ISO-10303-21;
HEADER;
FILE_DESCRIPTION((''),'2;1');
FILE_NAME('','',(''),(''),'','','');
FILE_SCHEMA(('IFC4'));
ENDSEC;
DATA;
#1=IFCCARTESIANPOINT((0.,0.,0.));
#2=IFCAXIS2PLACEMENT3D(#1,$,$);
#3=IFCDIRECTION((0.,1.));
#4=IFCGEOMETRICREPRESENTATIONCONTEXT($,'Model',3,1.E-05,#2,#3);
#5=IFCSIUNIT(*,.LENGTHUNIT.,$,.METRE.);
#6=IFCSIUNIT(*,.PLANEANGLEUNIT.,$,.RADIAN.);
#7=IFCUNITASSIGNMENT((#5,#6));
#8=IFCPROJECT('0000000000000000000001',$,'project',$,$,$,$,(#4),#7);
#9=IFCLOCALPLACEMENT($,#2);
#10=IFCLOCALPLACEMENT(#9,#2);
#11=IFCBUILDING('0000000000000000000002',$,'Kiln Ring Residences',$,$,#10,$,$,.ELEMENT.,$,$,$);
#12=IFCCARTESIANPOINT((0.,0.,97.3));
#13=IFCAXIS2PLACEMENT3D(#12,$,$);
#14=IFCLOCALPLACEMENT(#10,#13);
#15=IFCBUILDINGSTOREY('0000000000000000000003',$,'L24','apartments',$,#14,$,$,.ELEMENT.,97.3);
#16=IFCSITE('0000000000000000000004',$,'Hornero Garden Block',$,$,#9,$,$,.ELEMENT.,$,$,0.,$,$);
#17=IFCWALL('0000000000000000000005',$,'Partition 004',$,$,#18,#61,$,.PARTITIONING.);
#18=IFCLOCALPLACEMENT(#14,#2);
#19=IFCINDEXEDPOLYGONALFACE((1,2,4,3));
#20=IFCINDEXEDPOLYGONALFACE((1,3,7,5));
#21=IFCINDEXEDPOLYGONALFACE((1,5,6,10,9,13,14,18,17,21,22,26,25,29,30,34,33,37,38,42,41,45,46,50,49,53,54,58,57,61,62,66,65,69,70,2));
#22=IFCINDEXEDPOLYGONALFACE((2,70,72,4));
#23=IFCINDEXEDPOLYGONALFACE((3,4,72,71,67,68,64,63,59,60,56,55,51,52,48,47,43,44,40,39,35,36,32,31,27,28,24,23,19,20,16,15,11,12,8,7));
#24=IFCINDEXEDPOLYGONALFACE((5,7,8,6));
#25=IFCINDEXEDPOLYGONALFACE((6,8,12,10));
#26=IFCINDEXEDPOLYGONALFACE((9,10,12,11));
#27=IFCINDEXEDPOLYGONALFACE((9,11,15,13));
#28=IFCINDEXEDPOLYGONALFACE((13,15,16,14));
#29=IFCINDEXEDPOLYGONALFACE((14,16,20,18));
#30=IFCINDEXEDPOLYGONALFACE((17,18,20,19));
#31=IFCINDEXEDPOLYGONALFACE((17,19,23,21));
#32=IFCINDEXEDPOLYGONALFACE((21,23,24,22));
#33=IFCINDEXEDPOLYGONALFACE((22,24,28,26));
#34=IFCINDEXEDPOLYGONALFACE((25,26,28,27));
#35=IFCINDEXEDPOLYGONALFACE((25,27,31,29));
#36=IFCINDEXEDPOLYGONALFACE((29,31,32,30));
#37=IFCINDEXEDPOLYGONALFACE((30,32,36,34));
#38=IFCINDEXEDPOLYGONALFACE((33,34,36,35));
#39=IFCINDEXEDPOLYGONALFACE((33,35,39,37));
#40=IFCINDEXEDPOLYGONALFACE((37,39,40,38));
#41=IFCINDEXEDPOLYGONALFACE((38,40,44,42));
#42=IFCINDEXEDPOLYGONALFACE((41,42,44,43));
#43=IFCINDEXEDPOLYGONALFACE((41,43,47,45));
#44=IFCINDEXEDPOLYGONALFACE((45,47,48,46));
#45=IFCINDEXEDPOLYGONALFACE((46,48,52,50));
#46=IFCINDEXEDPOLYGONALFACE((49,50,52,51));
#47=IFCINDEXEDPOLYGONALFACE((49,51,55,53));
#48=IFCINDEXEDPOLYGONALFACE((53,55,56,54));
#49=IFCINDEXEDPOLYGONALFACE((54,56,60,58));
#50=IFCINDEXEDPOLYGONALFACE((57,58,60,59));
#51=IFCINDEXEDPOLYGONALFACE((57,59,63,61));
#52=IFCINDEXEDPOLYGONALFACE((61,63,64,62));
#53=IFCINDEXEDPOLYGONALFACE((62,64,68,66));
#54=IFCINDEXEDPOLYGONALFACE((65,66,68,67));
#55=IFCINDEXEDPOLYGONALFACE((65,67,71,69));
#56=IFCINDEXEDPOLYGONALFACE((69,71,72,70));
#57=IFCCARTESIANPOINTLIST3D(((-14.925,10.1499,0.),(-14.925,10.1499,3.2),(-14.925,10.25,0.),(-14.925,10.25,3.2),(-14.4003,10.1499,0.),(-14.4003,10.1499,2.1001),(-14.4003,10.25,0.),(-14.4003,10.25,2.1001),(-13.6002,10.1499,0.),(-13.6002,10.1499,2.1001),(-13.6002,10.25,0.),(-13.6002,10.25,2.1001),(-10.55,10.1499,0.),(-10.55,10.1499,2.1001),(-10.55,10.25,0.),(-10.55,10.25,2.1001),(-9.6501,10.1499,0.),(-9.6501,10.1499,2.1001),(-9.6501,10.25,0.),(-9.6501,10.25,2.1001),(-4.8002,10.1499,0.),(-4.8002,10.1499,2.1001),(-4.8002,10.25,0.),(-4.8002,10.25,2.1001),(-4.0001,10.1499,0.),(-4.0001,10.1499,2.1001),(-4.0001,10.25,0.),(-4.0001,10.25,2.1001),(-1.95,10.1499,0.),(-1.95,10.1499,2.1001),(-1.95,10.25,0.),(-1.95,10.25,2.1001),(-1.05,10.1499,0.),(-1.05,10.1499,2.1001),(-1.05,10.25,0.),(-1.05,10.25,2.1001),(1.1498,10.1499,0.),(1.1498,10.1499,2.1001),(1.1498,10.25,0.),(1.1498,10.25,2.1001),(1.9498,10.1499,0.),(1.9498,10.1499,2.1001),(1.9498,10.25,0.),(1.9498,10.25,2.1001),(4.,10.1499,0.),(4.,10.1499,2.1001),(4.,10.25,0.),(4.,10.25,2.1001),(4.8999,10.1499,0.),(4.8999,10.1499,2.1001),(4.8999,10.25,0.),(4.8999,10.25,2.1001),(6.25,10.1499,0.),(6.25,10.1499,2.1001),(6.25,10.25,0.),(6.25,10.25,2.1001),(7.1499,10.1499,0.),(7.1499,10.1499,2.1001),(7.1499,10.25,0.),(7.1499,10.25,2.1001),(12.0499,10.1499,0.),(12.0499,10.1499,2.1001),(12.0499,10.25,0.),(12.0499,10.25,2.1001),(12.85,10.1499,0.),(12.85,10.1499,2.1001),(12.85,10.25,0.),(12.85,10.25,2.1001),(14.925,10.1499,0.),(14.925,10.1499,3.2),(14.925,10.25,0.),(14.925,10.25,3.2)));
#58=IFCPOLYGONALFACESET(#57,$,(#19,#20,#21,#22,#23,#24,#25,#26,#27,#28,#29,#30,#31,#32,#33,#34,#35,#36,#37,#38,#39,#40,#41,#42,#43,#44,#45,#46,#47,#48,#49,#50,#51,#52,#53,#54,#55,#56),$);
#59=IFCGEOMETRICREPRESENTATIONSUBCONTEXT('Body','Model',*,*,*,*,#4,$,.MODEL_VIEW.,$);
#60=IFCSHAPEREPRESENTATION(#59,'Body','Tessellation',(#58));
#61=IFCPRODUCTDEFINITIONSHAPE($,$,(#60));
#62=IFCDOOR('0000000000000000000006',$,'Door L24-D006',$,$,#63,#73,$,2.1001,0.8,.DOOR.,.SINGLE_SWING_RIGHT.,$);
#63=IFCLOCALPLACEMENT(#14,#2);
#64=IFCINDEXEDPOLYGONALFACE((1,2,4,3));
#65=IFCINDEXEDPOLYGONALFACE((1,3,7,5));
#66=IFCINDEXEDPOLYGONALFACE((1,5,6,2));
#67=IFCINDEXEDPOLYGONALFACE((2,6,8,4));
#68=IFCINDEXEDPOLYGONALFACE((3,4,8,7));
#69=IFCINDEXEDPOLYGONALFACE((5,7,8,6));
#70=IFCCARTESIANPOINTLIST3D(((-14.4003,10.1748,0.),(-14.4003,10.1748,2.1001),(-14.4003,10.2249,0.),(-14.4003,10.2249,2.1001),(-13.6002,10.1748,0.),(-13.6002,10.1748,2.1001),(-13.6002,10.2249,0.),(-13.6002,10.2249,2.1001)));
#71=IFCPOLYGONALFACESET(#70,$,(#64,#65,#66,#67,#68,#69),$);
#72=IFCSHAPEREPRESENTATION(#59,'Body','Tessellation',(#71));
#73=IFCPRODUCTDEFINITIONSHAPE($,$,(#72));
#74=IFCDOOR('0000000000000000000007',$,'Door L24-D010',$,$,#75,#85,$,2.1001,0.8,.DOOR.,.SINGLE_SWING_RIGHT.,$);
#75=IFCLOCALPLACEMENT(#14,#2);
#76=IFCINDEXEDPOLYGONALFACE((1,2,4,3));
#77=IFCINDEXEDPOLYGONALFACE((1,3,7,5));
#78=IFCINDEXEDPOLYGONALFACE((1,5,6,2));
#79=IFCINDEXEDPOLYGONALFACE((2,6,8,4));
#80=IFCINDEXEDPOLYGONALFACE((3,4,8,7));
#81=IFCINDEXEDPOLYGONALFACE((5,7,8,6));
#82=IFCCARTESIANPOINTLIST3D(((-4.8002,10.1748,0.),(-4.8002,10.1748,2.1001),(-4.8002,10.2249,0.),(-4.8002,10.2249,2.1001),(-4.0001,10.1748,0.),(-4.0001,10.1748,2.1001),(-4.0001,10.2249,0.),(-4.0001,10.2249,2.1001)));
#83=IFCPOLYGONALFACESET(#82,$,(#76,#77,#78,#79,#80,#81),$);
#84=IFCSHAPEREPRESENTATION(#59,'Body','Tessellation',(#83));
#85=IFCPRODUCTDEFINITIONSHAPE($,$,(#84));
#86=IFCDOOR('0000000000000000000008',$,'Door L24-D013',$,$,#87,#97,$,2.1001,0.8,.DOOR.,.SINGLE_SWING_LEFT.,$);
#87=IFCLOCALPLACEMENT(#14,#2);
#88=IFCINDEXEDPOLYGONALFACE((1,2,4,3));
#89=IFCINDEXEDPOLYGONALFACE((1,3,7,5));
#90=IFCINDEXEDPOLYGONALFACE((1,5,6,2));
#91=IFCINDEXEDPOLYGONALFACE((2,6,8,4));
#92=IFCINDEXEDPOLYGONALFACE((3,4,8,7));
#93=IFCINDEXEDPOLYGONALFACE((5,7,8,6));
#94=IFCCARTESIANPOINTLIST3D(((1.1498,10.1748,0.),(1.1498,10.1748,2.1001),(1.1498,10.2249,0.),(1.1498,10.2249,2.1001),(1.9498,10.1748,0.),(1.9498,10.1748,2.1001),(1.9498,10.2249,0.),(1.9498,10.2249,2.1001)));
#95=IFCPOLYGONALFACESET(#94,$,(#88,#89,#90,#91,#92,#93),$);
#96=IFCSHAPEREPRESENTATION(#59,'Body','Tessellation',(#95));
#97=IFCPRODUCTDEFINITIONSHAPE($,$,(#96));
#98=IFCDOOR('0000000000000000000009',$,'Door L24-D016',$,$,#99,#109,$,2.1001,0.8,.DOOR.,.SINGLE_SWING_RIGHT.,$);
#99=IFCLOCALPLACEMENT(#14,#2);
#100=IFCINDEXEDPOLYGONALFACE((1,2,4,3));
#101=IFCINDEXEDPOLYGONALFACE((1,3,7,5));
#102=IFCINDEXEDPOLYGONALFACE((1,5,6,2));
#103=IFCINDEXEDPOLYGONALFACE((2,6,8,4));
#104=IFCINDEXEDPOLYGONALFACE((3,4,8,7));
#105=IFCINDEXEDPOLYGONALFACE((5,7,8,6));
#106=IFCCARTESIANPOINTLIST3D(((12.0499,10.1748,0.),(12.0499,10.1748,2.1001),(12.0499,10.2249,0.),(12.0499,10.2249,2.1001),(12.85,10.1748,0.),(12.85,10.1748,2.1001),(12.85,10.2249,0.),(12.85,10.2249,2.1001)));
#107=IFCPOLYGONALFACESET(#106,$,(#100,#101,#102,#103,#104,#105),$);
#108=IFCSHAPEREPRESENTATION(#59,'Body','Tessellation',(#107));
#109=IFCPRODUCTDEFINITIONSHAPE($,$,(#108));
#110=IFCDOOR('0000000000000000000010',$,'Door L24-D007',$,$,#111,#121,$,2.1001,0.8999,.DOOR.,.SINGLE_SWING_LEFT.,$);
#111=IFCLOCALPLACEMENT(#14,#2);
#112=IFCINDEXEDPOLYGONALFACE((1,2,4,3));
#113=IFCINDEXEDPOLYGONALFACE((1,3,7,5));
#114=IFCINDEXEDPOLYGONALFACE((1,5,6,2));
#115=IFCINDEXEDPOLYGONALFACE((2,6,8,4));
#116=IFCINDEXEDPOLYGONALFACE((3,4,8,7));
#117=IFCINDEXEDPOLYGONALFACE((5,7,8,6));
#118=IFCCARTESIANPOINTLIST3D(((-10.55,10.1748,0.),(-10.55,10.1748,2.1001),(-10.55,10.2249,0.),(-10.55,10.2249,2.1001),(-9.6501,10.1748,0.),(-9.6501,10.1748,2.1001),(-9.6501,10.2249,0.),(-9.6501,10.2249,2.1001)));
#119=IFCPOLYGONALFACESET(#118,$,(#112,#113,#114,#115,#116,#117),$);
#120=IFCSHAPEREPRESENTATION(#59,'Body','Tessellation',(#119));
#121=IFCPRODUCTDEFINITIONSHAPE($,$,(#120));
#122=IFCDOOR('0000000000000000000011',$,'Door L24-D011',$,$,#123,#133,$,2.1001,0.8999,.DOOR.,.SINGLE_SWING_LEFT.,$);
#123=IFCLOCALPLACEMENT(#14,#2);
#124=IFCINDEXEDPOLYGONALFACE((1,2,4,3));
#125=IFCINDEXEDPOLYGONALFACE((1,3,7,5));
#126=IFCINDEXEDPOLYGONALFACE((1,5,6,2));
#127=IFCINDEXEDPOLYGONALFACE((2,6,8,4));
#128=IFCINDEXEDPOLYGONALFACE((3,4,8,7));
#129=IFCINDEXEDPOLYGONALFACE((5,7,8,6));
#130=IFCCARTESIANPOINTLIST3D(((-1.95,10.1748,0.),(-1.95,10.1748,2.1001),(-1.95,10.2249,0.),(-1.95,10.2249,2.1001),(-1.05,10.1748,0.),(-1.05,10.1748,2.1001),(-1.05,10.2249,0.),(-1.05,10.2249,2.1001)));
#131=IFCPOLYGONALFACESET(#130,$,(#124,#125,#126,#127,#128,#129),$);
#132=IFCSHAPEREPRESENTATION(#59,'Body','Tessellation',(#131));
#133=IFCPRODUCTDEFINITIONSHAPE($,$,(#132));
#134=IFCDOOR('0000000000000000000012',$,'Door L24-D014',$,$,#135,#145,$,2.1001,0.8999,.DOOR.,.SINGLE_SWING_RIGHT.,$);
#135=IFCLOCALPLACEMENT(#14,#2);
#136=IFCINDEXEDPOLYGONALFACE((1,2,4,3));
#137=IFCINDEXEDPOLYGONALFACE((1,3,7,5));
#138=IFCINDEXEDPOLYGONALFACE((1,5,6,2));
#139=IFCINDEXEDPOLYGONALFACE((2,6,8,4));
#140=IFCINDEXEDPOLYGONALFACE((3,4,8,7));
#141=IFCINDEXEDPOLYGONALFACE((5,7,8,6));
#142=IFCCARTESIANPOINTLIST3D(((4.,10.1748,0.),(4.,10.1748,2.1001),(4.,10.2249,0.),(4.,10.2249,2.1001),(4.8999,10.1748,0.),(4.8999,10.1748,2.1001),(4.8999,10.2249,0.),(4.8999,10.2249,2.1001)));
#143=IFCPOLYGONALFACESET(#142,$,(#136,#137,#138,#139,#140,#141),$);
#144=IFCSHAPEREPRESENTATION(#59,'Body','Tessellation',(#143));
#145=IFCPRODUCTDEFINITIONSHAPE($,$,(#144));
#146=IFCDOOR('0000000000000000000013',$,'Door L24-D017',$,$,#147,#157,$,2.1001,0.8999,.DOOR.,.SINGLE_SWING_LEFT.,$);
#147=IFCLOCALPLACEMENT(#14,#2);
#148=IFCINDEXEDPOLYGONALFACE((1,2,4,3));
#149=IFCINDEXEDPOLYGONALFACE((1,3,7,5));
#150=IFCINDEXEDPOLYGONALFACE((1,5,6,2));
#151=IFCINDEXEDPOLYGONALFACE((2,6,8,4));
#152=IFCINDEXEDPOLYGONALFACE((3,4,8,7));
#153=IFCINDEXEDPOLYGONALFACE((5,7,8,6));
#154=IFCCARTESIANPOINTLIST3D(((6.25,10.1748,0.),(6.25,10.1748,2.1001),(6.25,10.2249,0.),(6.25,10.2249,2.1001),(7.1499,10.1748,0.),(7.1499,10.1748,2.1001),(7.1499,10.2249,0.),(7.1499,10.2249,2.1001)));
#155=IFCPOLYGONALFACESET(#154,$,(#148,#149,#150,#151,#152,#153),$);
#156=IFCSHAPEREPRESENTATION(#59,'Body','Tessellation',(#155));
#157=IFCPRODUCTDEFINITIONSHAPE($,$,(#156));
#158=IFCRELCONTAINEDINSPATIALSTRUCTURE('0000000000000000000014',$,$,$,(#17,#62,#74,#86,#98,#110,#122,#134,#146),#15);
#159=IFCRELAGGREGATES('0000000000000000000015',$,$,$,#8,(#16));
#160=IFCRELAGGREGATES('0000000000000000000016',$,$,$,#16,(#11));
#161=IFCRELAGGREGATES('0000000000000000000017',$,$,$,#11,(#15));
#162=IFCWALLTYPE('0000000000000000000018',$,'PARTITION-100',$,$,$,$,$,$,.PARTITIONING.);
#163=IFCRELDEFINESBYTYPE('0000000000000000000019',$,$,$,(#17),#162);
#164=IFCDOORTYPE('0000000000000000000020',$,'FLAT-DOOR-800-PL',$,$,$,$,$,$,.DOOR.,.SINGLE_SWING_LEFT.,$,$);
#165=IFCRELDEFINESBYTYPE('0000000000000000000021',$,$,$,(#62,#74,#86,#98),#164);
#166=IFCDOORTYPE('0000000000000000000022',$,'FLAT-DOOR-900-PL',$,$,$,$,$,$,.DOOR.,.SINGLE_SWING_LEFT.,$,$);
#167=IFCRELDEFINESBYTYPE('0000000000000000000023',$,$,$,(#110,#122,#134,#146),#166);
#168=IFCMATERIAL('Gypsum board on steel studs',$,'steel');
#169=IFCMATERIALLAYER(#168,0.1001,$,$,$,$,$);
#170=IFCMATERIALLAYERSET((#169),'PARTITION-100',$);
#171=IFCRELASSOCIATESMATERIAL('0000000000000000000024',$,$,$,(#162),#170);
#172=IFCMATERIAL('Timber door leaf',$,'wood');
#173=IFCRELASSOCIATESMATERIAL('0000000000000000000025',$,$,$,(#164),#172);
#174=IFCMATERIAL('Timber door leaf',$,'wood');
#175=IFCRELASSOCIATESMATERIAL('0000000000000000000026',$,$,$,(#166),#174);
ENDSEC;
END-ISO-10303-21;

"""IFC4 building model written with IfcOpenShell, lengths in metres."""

from ifc_helpers import new_model, si_unit, direction, frame, frame_2d, origin, place, context, subcontext, project, spatial, rectangle, extrude, material, layer, layer_set, type_object, element, fill, save


model = new_model("IFC4")

# Units and contexts
model_context = context("Model", 3, precision=1e-05, world=origin(), true_north=direction((0.0, 1.0)))
body_context = subcontext(model_context, "Body", "Model", "MODEL_VIEW")
ifc_project = project(units=[si_unit("LENGTHUNIT", "METRE"), si_unit("PLANEANGLEUNIT", "RADIAN")], contexts=[model_context])

# Site, building, storey
site_placement = place(None, origin())
site = spatial("IfcSite", under=ifc_project, at=site_placement, Name="Hornero Garden Block", CompositionType="ELEMENT", RefElevation=0.0)
building_placement = place(site_placement, origin())
building = spatial("IfcBuilding", under=site, at=building_placement, Name="Kiln Ring Residences", CompositionType="ELEMENT")
storey_placement = place(building_placement, frame((0.0, 0.0, 97.3)))
storey = spatial("IfcBuildingStorey", under=building, at=storey_placement, Name="L24", Description="apartments", CompositionType="ELEMENT", Elevation=97.3)

# Wall, openings, doors
ifc_material_1 = material(Name="Gypsum board on steel studs", Category="steel")
ifc_layer_1 = layer(ifc_material_1, 0.1001)
ifc_layer_set_1 = layer_set([ifc_layer_1], Name="PARTITION-100")
wall_type_1 = type_object("IfcWallType", Name="PARTITION-100", PredefinedType="PARTITIONING", material=ifc_layer_set_1)
wall_1_placement = place(storey_placement, frame((-14.925, 10.2, 0.0), z_axis=(0.0, 0.0, 1.0), x_axis=(1.0, 0.0, 0.0)))
wall_1 = element("IfcWall", 1, at=wall_1_placement, inside=storey, type_object=wall_type_1, Name="Partition 004", PredefinedType="PARTITIONING", context=body_context, shape_type="SweptSolid", body=[
    extrude(rectangle(XDim=29.8501, YDim=0.1001, at=frame_2d((14.925, 0.0))), origin(), (0.0, 0.0, 1.0), 3.2),
])
opening_1_placement = place(wall_1_placement, frame((0.5249, 0.0, 0.0)))
opening_1 = element("IfcOpeningElement", 2, at=opening_1_placement, cuts=wall_1, PredefinedType="OPENING", context=body_context, shape_type="SweptSolid", body=[
    extrude(rectangle(XDim=0.8, YDim=2.1001, at=frame_2d((0.3999, 1.05))), frame((0.0, 0.0601, 0.0), z_axis=(0.0, -1.0, 0.0), x_axis=(1.0, 0.0, 0.0)), (0.0, 0.0, 1.0), 0.1201),
])
opening_2_placement = place(wall_1_placement, frame((4.375, 0.0, 0.0)))
opening_2 = element("IfcOpeningElement", 3, at=opening_2_placement, cuts=wall_1, PredefinedType="OPENING", context=body_context, shape_type="SweptSolid", body=[
    extrude(rectangle(XDim=0.8999, YDim=2.1001, at=frame_2d((0.45, 1.05))), frame((0.0, 0.0601, 0.0), z_axis=(0.0, -1.0, 0.0), x_axis=(1.0, 0.0, 0.0)), (0.0, 0.0, 1.0), 0.1201),
])
opening_3_placement = place(wall_1_placement, frame((10.125, 0.0, 0.0)))
opening_3 = element("IfcOpeningElement", 4, at=opening_3_placement, cuts=wall_1, PredefinedType="OPENING", context=body_context, shape_type="SweptSolid", body=[
    extrude(rectangle(XDim=0.8, YDim=2.1001, at=frame_2d((0.3999, 1.05))), frame((0.0, 0.0601, 0.0), z_axis=(0.0, -1.0, 0.0), x_axis=(1.0, 0.0, 0.0)), (0.0, 0.0, 1.0), 0.1201),
])
opening_4_placement = place(wall_1_placement, frame((12.9751, 0.0, 0.0)))
opening_4 = element("IfcOpeningElement", 5, at=opening_4_placement, cuts=wall_1, PredefinedType="OPENING", context=body_context, shape_type="SweptSolid", body=[
    extrude(rectangle(XDim=0.8999, YDim=2.1001, at=frame_2d((0.45, 1.05))), frame((0.0, 0.0601, 0.0), z_axis=(0.0, -1.0, 0.0), x_axis=(1.0, 0.0, 0.0)), (0.0, 0.0, 1.0), 0.1201),
])
opening_5_placement = place(wall_1_placement, frame((16.075, 0.0, 0.0)))
opening_5 = element("IfcOpeningElement", 6, at=opening_5_placement, cuts=wall_1, PredefinedType="OPENING", context=body_context, shape_type="SweptSolid", body=[
    extrude(rectangle(XDim=0.8, YDim=2.1001, at=frame_2d((0.3999, 1.05))), frame((0.0, 0.0601, 0.0), z_axis=(0.0, -1.0, 0.0), x_axis=(1.0, 0.0, 0.0)), (0.0, 0.0, 1.0), 0.1201),
])
opening_6_placement = place(wall_1_placement, frame((18.925, 0.0, 0.0)))
opening_6 = element("IfcOpeningElement", 7, at=opening_6_placement, cuts=wall_1, PredefinedType="OPENING", context=body_context, shape_type="SweptSolid", body=[
    extrude(rectangle(XDim=0.8999, YDim=2.1001, at=frame_2d((0.45, 1.05))), frame((0.0, 0.0601, 0.0), z_axis=(0.0, -1.0, 0.0), x_axis=(1.0, 0.0, 0.0)), (0.0, 0.0, 1.0), 0.1201),
])
opening_7_placement = place(wall_1_placement, frame((26.9751, 0.0, 0.0)))
opening_7 = element("IfcOpeningElement", 8, at=opening_7_placement, cuts=wall_1, PredefinedType="OPENING", context=body_context, shape_type="SweptSolid", body=[
    extrude(rectangle(XDim=0.8, YDim=2.1001, at=frame_2d((0.3999, 1.05))), frame((0.0, 0.0601, 0.0), z_axis=(0.0, -1.0, 0.0), x_axis=(1.0, 0.0, 0.0)), (0.0, 0.0, 1.0), 0.1201),
])
opening_8_placement = place(wall_1_placement, frame((21.175, 0.0, 0.0)))
opening_8 = element("IfcOpeningElement", 9, at=opening_8_placement, cuts=wall_1, PredefinedType="OPENING", context=body_context, shape_type="SweptSolid", body=[
    extrude(rectangle(XDim=0.8999, YDim=2.1001, at=frame_2d((0.45, 1.05))), frame((0.0, 0.0601, 0.0), z_axis=(0.0, -1.0, 0.0), x_axis=(1.0, 0.0, 0.0)), (0.0, 0.0, 1.0), 0.1201),
])
ifc_material_2 = material(Name="Timber door leaf", Category="wood")
door_type_1 = type_object("IfcDoorType", Name="FLAT-DOOR-800-PL", OperationType="SINGLE_SWING_LEFT", PredefinedType="DOOR", material=ifc_material_2)
door_1_placement = place(opening_1_placement, origin())
door_1 = element("IfcDoor", 10, at=door_1_placement, inside=storey, type_object=door_type_1, Name="Door L24-D006", OperationType="SINGLE_SWING_RIGHT", OverallHeight=2.1001, OverallWidth=0.8, PredefinedType="DOOR", context=body_context, shape_type="SweptSolid", body=[
    extrude(rectangle(XDim=0.8, YDim=2.1001, at=frame_2d((0.3999, 1.05))), frame((0.0, 0.0249, 0.0), z_axis=(0.0, -1.0, 0.0), x_axis=(1.0, 0.0, 0.0)), (0.0, 0.0, 1.0), 0.05),
])
fill(opening_1, door_1)
door_2_placement = place(opening_3_placement, origin())
door_2 = element("IfcDoor", 11, at=door_2_placement, inside=storey, type_object=door_type_1, Name="Door L24-D010", OperationType="SINGLE_SWING_RIGHT", OverallHeight=2.1001, OverallWidth=0.8, PredefinedType="DOOR", context=body_context, shape_type="SweptSolid", body=[
    extrude(rectangle(XDim=0.8, YDim=2.1001, at=frame_2d((0.3999, 1.05))), frame((0.0, 0.0249, 0.0), z_axis=(0.0, -1.0, 0.0), x_axis=(1.0, 0.0, 0.0)), (0.0, 0.0, 1.0), 0.05),
])
fill(opening_3, door_2)
door_3_placement = place(opening_5_placement, origin())
door_3 = element("IfcDoor", 12, at=door_3_placement, inside=storey, type_object=door_type_1, Name="Door L24-D013", OperationType="SINGLE_SWING_LEFT", OverallHeight=2.1001, OverallWidth=0.8, PredefinedType="DOOR", context=body_context, shape_type="SweptSolid", body=[
    extrude(rectangle(XDim=0.8, YDim=2.1001, at=frame_2d((0.3999, 1.05))), frame((0.0, 0.0249, 0.0), z_axis=(0.0, -1.0, 0.0), x_axis=(1.0, 0.0, 0.0)), (0.0, 0.0, 1.0), 0.05),
])
fill(opening_5, door_3)
door_4_placement = place(opening_7_placement, origin())
door_4 = element("IfcDoor", 13, at=door_4_placement, inside=storey, type_object=door_type_1, Name="Door L24-D016", OperationType="SINGLE_SWING_RIGHT", OverallHeight=2.1001, OverallWidth=0.8, PredefinedType="DOOR", context=body_context, shape_type="SweptSolid", body=[
    extrude(rectangle(XDim=0.8, YDim=2.1001, at=frame_2d((0.3999, 1.05))), frame((0.0, 0.0249, 0.0), z_axis=(0.0, -1.0, 0.0), x_axis=(1.0, 0.0, 0.0)), (0.0, 0.0, 1.0), 0.05),
])
fill(opening_7, door_4)
ifc_material_3 = material(Name="Timber door leaf", Category="wood")
door_type_2 = type_object("IfcDoorType", Name="FLAT-DOOR-900-PL", OperationType="SINGLE_SWING_LEFT", PredefinedType="DOOR", material=ifc_material_3)
door_5_placement = place(opening_2_placement, origin())
door_5 = element("IfcDoor", 14, at=door_5_placement, inside=storey, type_object=door_type_2, Name="Door L24-D007", OperationType="SINGLE_SWING_LEFT", OverallHeight=2.1001, OverallWidth=0.8999, PredefinedType="DOOR", context=body_context, shape_type="SweptSolid", body=[
    extrude(rectangle(XDim=0.8999, YDim=2.1001, at=frame_2d((0.45, 1.05))), frame((0.0, 0.0249, 0.0), z_axis=(0.0, -1.0, 0.0), x_axis=(1.0, 0.0, 0.0)), (0.0, 0.0, 1.0), 0.05),
])
fill(opening_2, door_5)
door_6_placement = place(opening_4_placement, origin())
door_6 = element("IfcDoor", 15, at=door_6_placement, inside=storey, type_object=door_type_2, Name="Door L24-D011", OperationType="SINGLE_SWING_LEFT", OverallHeight=2.1001, OverallWidth=0.8999, PredefinedType="DOOR", context=body_context, shape_type="SweptSolid", body=[
    extrude(rectangle(XDim=0.8999, YDim=2.1001, at=frame_2d((0.45, 1.05))), frame((0.0, 0.0249, 0.0), z_axis=(0.0, -1.0, 0.0), x_axis=(1.0, 0.0, 0.0)), (0.0, 0.0, 1.0), 0.05),
])
fill(opening_4, door_6)
door_7_placement = place(opening_6_placement, origin())
door_7 = element("IfcDoor", 16, at=door_7_placement, inside=storey, type_object=door_type_2, Name="Door L24-D014", OperationType="SINGLE_SWING_RIGHT", OverallHeight=2.1001, OverallWidth=0.8999, PredefinedType="DOOR", context=body_context, shape_type="SweptSolid", body=[
    extrude(rectangle(XDim=0.8999, YDim=2.1001, at=frame_2d((0.45, 1.05))), frame((0.0, 0.0249, 0.0), z_axis=(0.0, -1.0, 0.0), x_axis=(1.0, 0.0, 0.0)), (0.0, 0.0, 1.0), 0.05),
])
fill(opening_6, door_7)
door_8_placement = place(opening_8_placement, origin())
door_8 = element("IfcDoor", 17, at=door_8_placement, inside=storey, type_object=door_type_2, Name="Door L24-D017", OperationType="SINGLE_SWING_LEFT", OverallHeight=2.1001, OverallWidth=0.8999, PredefinedType="DOOR", context=body_context, shape_type="SweptSolid", body=[
    extrude(rectangle(XDim=0.8999, YDim=2.1001, at=frame_2d((0.45, 1.05))), frame((0.0, 0.0249, 0.0), z_axis=(0.0, -1.0, 0.0), x_axis=(1.0, 0.0, 0.0)), (0.0, 0.0, 1.0), 0.05),
])
fill(opening_8, door_8)

save(model, "model.ifc")
